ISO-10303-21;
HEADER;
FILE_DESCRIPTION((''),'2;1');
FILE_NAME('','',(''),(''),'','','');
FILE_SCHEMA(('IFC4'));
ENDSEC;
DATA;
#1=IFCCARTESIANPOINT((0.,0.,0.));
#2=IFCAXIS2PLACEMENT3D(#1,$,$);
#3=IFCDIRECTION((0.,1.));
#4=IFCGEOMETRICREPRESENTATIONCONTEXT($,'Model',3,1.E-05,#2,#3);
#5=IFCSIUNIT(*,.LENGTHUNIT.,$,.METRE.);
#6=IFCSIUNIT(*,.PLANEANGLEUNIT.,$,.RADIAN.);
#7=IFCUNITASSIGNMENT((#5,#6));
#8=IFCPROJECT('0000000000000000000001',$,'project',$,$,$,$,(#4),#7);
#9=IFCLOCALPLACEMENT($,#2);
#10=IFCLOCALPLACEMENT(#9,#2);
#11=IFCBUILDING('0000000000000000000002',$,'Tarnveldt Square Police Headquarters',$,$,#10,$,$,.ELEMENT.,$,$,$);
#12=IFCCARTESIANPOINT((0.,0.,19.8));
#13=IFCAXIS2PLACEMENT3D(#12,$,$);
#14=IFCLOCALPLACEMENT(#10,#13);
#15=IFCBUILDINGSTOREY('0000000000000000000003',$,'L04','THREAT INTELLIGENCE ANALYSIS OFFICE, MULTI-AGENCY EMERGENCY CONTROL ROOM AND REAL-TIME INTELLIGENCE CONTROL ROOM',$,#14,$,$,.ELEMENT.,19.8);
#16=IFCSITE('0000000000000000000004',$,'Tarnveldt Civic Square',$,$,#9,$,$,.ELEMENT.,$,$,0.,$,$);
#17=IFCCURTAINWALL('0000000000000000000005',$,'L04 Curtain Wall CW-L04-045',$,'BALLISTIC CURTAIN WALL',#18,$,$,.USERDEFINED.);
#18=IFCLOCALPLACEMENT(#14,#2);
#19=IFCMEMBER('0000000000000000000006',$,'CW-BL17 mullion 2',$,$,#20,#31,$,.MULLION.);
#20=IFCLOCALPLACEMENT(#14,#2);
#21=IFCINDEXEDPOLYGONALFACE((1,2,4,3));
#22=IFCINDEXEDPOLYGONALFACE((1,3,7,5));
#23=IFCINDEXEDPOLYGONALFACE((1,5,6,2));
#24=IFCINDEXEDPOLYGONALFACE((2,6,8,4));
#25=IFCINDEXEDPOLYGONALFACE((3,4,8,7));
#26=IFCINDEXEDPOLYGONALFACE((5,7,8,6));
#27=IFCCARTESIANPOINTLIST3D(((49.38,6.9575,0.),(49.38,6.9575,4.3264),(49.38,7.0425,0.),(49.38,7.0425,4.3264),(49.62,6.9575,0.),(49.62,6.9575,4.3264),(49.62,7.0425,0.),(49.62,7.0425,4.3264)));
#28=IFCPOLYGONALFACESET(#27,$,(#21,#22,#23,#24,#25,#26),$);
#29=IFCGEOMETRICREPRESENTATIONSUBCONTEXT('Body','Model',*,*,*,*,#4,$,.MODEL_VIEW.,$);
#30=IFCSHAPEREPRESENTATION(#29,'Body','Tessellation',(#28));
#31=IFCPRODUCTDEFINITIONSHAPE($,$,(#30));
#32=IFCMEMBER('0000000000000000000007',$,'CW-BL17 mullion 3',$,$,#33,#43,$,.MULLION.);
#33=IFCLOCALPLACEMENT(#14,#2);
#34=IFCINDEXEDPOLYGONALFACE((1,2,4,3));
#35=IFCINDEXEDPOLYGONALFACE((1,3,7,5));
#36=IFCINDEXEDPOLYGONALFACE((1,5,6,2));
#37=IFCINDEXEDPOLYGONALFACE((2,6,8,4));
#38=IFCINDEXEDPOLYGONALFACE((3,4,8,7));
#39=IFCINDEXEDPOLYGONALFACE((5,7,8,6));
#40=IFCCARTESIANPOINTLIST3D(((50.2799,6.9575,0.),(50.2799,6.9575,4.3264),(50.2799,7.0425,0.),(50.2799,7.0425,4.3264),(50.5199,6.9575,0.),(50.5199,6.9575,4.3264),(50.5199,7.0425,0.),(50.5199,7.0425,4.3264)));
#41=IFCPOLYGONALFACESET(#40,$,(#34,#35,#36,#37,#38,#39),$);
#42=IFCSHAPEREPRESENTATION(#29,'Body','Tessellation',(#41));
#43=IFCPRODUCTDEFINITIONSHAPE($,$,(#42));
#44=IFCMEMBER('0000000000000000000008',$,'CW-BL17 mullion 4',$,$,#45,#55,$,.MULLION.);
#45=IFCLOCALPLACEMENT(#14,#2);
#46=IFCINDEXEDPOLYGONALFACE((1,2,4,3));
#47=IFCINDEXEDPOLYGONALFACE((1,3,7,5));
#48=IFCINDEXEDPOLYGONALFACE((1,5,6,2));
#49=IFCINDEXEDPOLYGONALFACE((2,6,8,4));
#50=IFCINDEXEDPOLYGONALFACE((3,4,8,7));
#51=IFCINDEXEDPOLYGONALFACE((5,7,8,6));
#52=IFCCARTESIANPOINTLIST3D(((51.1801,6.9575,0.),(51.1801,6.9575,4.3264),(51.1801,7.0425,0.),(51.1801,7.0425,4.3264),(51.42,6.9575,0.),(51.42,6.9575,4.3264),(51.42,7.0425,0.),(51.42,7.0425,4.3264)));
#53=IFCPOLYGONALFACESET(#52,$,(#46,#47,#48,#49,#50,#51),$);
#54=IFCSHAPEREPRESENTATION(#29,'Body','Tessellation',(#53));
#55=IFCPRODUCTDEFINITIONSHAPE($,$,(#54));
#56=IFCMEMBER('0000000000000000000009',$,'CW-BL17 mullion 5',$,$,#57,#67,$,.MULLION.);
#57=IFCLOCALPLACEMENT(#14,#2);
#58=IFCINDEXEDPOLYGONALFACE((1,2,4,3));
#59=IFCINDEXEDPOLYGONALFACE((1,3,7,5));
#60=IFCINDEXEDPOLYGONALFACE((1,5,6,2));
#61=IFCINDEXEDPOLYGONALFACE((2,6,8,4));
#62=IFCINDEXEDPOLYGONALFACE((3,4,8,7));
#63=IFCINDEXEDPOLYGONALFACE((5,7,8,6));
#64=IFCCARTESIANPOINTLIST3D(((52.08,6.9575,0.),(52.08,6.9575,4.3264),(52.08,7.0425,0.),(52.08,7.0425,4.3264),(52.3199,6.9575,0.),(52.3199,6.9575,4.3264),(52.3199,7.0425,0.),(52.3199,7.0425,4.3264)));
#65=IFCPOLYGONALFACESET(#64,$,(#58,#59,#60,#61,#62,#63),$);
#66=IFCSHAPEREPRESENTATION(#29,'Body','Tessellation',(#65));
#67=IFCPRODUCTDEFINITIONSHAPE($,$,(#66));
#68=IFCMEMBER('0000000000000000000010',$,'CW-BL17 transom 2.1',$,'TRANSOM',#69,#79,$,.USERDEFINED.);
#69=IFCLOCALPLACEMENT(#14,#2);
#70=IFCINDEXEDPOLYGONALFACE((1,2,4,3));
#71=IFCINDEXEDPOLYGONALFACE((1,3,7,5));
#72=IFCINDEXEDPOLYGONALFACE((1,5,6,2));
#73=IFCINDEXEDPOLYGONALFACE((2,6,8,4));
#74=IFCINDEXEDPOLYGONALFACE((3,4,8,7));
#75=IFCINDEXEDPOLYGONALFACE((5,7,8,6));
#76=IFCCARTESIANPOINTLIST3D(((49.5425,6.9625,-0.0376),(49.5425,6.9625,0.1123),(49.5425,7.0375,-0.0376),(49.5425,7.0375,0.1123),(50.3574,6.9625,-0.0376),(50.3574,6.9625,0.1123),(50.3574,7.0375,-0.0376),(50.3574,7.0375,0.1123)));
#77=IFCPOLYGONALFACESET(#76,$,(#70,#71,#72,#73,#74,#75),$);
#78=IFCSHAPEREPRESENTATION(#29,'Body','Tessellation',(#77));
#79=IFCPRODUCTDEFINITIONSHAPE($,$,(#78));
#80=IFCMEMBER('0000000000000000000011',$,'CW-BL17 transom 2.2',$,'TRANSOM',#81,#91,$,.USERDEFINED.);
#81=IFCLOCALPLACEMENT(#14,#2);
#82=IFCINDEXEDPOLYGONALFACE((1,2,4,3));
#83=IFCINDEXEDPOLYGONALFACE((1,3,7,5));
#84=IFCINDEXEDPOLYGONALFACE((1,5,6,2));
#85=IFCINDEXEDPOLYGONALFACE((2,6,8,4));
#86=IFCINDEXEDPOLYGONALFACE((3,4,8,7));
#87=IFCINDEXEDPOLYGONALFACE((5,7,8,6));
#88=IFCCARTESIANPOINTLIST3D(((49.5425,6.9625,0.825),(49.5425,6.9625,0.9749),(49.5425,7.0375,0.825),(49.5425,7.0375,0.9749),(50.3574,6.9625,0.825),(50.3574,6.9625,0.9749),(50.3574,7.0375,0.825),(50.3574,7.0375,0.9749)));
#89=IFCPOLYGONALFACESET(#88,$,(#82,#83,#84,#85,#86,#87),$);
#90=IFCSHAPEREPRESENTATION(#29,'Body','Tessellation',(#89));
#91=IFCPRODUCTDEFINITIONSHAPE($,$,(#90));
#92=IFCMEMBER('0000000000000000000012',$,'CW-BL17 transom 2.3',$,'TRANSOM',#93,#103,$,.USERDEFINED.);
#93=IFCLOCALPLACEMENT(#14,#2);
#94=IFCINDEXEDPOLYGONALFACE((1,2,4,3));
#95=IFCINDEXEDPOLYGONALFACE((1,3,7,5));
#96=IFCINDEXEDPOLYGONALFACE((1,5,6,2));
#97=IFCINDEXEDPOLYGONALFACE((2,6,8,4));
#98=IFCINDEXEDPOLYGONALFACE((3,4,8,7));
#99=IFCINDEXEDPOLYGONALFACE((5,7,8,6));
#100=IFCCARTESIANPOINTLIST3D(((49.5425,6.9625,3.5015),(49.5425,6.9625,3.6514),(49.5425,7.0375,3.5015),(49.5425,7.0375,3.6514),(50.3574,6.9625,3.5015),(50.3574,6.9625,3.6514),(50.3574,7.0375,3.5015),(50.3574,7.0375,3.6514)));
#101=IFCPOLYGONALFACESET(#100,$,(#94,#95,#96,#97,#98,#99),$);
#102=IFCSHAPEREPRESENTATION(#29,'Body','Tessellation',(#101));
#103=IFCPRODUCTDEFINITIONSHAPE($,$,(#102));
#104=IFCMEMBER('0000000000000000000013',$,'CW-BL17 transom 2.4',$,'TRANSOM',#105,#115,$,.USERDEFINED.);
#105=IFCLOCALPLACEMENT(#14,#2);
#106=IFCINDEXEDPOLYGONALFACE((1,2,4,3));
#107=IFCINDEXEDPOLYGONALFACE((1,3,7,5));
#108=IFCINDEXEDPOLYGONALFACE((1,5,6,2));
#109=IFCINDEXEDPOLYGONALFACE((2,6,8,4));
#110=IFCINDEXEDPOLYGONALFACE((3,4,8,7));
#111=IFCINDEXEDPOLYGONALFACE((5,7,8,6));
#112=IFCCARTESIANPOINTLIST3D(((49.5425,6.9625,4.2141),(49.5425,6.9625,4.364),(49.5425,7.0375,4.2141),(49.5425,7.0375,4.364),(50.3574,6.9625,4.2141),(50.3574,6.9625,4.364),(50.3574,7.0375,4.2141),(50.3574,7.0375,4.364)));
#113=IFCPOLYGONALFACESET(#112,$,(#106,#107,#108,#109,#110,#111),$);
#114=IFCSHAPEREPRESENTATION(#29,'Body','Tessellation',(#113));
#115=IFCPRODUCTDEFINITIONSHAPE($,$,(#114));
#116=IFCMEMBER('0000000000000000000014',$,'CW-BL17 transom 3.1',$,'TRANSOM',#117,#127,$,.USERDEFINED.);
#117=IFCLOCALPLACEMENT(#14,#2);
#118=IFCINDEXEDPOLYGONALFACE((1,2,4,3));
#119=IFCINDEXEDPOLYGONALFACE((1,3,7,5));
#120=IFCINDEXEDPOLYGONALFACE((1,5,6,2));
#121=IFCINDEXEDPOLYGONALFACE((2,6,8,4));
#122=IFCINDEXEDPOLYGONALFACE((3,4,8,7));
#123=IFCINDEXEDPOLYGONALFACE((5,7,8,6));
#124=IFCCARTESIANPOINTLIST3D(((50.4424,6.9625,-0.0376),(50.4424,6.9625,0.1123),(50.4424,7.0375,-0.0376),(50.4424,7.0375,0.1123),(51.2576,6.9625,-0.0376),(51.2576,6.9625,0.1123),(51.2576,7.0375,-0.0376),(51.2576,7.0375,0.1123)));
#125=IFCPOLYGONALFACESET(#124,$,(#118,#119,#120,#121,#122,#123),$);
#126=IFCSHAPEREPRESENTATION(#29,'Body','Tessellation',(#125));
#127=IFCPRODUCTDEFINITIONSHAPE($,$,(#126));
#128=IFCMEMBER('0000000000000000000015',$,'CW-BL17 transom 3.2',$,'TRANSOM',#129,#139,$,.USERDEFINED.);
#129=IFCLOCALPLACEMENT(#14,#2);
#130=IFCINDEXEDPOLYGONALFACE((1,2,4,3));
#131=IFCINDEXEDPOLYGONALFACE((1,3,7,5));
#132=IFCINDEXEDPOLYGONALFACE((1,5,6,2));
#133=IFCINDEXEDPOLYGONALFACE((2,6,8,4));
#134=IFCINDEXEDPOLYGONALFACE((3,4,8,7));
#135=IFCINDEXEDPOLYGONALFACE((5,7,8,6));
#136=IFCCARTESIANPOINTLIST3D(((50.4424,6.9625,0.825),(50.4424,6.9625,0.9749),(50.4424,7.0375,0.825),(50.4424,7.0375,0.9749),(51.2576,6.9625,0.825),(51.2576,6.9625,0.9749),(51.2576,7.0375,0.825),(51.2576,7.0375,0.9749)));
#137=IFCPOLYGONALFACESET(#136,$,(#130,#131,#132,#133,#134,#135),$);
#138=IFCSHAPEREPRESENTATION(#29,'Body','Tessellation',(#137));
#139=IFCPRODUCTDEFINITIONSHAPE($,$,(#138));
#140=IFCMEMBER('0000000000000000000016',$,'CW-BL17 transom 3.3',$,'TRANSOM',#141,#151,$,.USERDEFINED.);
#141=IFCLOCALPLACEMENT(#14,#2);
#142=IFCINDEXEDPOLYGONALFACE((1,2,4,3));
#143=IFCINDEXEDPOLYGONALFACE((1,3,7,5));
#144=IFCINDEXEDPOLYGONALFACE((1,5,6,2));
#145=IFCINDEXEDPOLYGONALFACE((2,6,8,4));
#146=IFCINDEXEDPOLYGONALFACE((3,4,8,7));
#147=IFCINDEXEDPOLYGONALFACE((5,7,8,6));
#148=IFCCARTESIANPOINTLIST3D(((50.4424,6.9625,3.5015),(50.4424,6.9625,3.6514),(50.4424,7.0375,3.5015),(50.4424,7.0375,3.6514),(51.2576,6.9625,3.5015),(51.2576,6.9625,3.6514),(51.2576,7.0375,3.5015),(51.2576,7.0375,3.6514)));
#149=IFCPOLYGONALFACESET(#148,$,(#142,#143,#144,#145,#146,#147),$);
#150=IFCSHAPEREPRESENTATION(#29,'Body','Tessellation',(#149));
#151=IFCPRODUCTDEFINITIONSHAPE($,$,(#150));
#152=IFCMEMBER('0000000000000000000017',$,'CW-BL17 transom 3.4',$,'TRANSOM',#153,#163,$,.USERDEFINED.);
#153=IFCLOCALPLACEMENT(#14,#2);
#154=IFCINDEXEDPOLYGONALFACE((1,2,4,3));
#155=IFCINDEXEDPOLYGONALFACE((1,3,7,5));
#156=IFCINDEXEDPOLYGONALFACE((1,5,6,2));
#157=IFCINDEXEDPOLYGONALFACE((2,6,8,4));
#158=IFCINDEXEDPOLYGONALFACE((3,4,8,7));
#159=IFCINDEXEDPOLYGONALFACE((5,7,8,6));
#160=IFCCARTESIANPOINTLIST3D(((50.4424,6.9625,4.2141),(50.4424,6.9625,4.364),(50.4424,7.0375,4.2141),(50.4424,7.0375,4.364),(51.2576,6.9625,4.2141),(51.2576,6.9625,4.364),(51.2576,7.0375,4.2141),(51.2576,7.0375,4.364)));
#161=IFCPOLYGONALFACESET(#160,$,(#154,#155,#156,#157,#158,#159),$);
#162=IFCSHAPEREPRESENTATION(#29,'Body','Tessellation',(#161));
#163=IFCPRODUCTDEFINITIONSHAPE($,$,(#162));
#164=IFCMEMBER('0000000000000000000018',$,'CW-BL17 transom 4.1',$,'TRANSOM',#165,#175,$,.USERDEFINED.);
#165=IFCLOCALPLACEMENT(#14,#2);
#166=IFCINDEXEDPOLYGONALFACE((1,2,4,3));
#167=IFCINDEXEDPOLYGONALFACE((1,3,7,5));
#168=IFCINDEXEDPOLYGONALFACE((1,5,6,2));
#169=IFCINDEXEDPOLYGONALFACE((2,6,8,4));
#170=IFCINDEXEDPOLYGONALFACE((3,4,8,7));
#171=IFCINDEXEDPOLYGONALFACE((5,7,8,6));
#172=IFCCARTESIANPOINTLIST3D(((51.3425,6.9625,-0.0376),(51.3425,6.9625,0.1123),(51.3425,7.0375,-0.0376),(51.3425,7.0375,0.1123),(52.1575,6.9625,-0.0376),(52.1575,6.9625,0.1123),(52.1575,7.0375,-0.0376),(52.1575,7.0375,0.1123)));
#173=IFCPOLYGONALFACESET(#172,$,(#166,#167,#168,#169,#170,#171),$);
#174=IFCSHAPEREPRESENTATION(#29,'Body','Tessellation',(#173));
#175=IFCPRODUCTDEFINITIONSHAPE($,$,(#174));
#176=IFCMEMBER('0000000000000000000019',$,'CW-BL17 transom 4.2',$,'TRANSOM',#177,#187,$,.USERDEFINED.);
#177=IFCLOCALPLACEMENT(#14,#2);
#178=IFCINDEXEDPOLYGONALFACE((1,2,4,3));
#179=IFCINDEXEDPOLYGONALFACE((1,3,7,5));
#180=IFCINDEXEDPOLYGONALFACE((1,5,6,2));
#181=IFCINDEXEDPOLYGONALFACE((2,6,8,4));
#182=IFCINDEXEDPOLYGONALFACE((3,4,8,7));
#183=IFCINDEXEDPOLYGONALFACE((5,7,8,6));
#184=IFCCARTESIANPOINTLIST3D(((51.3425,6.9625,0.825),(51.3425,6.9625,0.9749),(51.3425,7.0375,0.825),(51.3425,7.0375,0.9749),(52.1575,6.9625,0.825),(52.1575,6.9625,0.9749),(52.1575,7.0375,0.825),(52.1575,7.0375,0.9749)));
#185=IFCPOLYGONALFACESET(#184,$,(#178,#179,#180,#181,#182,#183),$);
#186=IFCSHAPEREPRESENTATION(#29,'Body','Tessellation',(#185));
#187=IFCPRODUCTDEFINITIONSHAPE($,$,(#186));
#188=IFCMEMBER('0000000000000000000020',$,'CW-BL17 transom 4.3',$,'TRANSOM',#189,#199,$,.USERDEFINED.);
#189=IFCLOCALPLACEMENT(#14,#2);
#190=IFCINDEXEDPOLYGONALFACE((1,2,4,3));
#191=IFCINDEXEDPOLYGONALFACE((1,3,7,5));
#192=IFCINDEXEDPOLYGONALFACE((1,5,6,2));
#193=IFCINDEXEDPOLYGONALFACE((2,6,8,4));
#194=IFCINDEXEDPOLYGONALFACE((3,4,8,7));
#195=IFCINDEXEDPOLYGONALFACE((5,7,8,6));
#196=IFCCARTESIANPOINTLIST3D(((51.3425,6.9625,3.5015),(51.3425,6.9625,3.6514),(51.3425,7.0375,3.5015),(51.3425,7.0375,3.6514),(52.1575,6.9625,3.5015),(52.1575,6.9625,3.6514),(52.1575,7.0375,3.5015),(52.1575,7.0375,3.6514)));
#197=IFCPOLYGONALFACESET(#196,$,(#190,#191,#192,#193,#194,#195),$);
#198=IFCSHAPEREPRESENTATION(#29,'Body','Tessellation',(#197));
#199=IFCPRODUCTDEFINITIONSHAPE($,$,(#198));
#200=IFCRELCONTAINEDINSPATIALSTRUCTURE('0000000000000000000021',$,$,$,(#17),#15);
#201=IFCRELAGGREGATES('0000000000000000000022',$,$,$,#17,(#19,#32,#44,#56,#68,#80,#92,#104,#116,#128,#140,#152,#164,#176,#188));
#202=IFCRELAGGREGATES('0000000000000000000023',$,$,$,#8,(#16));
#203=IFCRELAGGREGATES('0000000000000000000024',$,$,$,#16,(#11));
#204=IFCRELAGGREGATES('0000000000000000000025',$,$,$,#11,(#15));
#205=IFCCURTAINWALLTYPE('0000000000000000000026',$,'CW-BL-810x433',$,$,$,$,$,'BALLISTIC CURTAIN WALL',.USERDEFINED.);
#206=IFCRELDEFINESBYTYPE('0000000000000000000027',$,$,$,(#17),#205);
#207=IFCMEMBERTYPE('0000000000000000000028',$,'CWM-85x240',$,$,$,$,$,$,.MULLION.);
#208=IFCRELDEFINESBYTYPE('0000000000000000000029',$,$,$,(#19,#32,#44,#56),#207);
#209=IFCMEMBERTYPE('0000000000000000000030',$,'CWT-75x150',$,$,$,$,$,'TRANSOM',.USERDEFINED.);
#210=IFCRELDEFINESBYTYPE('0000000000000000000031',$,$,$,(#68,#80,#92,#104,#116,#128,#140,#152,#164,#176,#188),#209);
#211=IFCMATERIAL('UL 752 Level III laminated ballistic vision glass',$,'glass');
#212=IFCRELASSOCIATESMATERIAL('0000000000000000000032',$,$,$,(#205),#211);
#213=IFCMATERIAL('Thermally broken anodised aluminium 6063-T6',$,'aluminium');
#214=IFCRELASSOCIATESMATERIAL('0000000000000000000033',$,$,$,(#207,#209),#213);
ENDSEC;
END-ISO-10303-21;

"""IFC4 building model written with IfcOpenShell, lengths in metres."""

from ifc_helpers import new_model, si_unit, direction, frame, origin, origin_2d, place, context, subcontext, project, spatial, rectangle, extrude, material, material_profile, profile_set, type_object, element, aggregate, save


model = new_model("IFC4")

# Units and contexts
model_context = context("Model", 3, precision=1e-05, world=origin(), true_north=direction((0.0, 1.0)))
body_context = subcontext(model_context, "Body", "Model", "MODEL_VIEW")
ifc_project = project(units=[si_unit("LENGTHUNIT", "METRE"), si_unit("PLANEANGLEUNIT", "RADIAN")], contexts=[model_context])

# Site, building, storey
site_placement = place(None, origin())
site = spatial("IfcSite", under=ifc_project, at=site_placement, Name="Tarnveldt Civic Square", CompositionType="ELEMENT", RefElevation=0.0)
building_placement = place(site_placement, origin())
building = spatial("IfcBuilding", under=site, at=building_placement, Name="Tarnveldt Square Police Headquarters", CompositionType="ELEMENT")
storey_placement = place(building_placement, frame((0.0, 0.0, 19.8)))
storey = spatial("IfcBuildingStorey", under=building, at=storey_placement, Name="L04", Description="THREAT INTELLIGENCE ANALYSIS OFFICE, MULTI-AGENCY EMERGENCY CONTROL ROOM AND REAL-TIME INTELLIGENCE CONTROL ROOM", CompositionType="ELEMENT", Elevation=19.8)

# Curtain wall, members
ifc_material_1 = material(Name="UL 752 Level III laminated ballistic vision glass", Category="glass")
curtain_wall_type = type_object("IfcCurtainWallType", Name="CW-BL-810x433", ElementType="BALLISTIC CURTAIN WALL", PredefinedType="USERDEFINED", material=ifc_material_1)
curtain_wall_placement = place(storey_placement, origin())
curtain_wall = element("IfcCurtainWall", 1, at=curtain_wall_placement, inside=storey, type_object=curtain_wall_type, Name="L04 Curtain Wall CW-L04-045", ObjectType="BALLISTIC CURTAIN WALL", PredefinedType="USERDEFINED")
ifc_material_2 = material(Name="Thermally broken anodised aluminium 6063-T6", Category="aluminium")
ifc_material_profile_1 = material_profile(ifc_material_2, rectangle(XDim=0.085, YDim=0.24, at=origin_2d()), Name="CW-M85x240")
ifc_profile_set_1 = profile_set([ifc_material_profile_1], Name="Thermally broken anodised aluminium 6063-T6")
member_type_1 = type_object("IfcMemberType", Name="CWM-85x240", PredefinedType="MULLION", material=ifc_profile_set_1)
member_1_placement = place(storey_placement, frame((49.5, 7.0, 0.0), z_axis=(0.0, 0.0, 1.0), x_axis=(0.0, 1.0, 0.0)))
member_1 = element("IfcMember", 2, at=member_1_placement, type_object=member_type_1, Name="CW-BL17 mullion 2", PredefinedType="MULLION", context=body_context, shape_type="SweptSolid", body=[
    extrude(rectangle(XDim=0.085, YDim=0.24, at=origin_2d()), origin(), (0.0, 0.0, 1.0), 4.3264),
])
member_2_placement = place(storey_placement, frame((50.3999, 7.0, 0.0), z_axis=(0.0, 0.0, 1.0), x_axis=(0.0, 1.0, 0.0)))
member_2 = element("IfcMember", 3, at=member_2_placement, type_object=member_type_1, Name="CW-BL17 mullion 3", PredefinedType="MULLION", context=body_context, shape_type="SweptSolid", body=[
    extrude(rectangle(XDim=0.085, YDim=0.24, at=origin_2d()), origin(), (0.0, 0.0, 1.0), 4.3264),
])
member_3_placement = place(storey_placement, frame((51.3, 7.0, 0.0), z_axis=(0.0, 0.0, 1.0), x_axis=(0.0, 1.0, 0.0)))
member_3 = element("IfcMember", 4, at=member_3_placement, type_object=member_type_1, Name="CW-BL17 mullion 4", PredefinedType="MULLION", context=body_context, shape_type="SweptSolid", body=[
    extrude(rectangle(XDim=0.085, YDim=0.24, at=origin_2d()), origin(), (0.0, 0.0, 1.0), 4.3264),
])
member_4_placement = place(storey_placement, frame((52.2, 7.0, 0.0), z_axis=(0.0, 0.0, 1.0), x_axis=(0.0, 1.0, 0.0)))
member_4 = element("IfcMember", 5, at=member_4_placement, type_object=member_type_1, Name="CW-BL17 mullion 5", PredefinedType="MULLION", context=body_context, shape_type="SweptSolid", body=[
    extrude(rectangle(XDim=0.085, YDim=0.24, at=origin_2d()), origin(), (0.0, 0.0, 1.0), 4.3264),
])
ifc_material_profile_2 = material_profile(ifc_material_2, rectangle(XDim=0.075, YDim=0.1499, at=origin_2d()), Name="CW-T75x150")
ifc_profile_set_2 = profile_set([ifc_material_profile_2], Name="Thermally broken anodised aluminium 6063-T6")
member_type_2 = type_object("IfcMemberType", Name="CWT-75x150", ElementType="TRANSOM", PredefinedType="USERDEFINED", material=ifc_profile_set_2)
member_5_placement = place(storey_placement, frame((49.5425, 7.0, 0.0374), z_axis=(1.0, 0.0, 0.0), x_axis=(0.0, 1.0, 0.0)))
member_5 = element("IfcMember", 6, at=member_5_placement, type_object=member_type_2, Name="CW-BL17 transom 2.1", ObjectType="TRANSOM", PredefinedType="USERDEFINED", context=body_context, shape_type="SweptSolid", body=[
    extrude(rectangle(XDim=0.075, YDim=0.1499, at=origin_2d()), origin(), (0.0, 0.0, 1.0), 0.8149),
])
member_6_placement = place(storey_placement, frame((49.5425, 7.0, 0.8999), z_axis=(1.0, 0.0, 0.0), x_axis=(0.0, 1.0, 0.0)))
member_6 = element("IfcMember", 7, at=member_6_placement, type_object=member_type_2, Name="CW-BL17 transom 2.2", ObjectType="TRANSOM", PredefinedType="USERDEFINED", context=body_context, shape_type="SweptSolid", body=[
    extrude(rectangle(XDim=0.075, YDim=0.1499, at=origin_2d()), origin(), (0.0, 0.0, 1.0), 0.8149),
])
member_7_placement = place(storey_placement, frame((49.5425, 7.0, 3.5764), z_axis=(1.0, 0.0, 0.0), x_axis=(0.0, 1.0, 0.0)))
member_7 = element("IfcMember", 8, at=member_7_placement, type_object=member_type_2, Name="CW-BL17 transom 2.3", ObjectType="TRANSOM", PredefinedType="USERDEFINED", context=body_context, shape_type="SweptSolid", body=[
    extrude(rectangle(XDim=0.075, YDim=0.1499, at=origin_2d()), origin(), (0.0, 0.0, 1.0), 0.8149),
])
member_8_placement = place(storey_placement, frame((49.5425, 7.0, 4.2891), z_axis=(1.0, 0.0, 0.0), x_axis=(0.0, 1.0, 0.0)))
member_8 = element("IfcMember", 9, at=member_8_placement, type_object=member_type_2, Name="CW-BL17 transom 2.4", ObjectType="TRANSOM", PredefinedType="USERDEFINED", context=body_context, shape_type="SweptSolid", body=[
    extrude(rectangle(XDim=0.075, YDim=0.1499, at=origin_2d()), origin(), (0.0, 0.0, 1.0), 0.8149),
])
member_9_placement = place(storey_placement, frame((50.4424, 7.0, 0.0374), z_axis=(1.0, 0.0, 0.0), x_axis=(0.0, 1.0, 0.0)))
member_9 = element("IfcMember", 10, at=member_9_placement, type_object=member_type_2, Name="CW-BL17 transom 3.1", ObjectType="TRANSOM", PredefinedType="USERDEFINED", context=body_context, shape_type="SweptSolid", body=[
    extrude(rectangle(XDim=0.075, YDim=0.1499, at=origin_2d()), origin(), (0.0, 0.0, 1.0), 0.8152),
])
member_10_placement = place(storey_placement, frame((50.4424, 7.0, 0.8999), z_axis=(1.0, 0.0, 0.0), x_axis=(0.0, 1.0, 0.0)))
member_10 = element("IfcMember", 11, at=member_10_placement, type_object=member_type_2, Name="CW-BL17 transom 3.2", ObjectType="TRANSOM", PredefinedType="USERDEFINED", context=body_context, shape_type="SweptSolid", body=[
    extrude(rectangle(XDim=0.075, YDim=0.1499, at=origin_2d()), origin(), (0.0, 0.0, 1.0), 0.8152),
])
member_11_placement = place(storey_placement, frame((50.4424, 7.0, 3.5764), z_axis=(1.0, 0.0, 0.0), x_axis=(0.0, 1.0, 0.0)))
member_11 = element("IfcMember", 12, at=member_11_placement, type_object=member_type_2, Name="CW-BL17 transom 3.3", ObjectType="TRANSOM", PredefinedType="USERDEFINED", context=body_context, shape_type="SweptSolid", body=[
    extrude(rectangle(XDim=0.075, YDim=0.1499, at=origin_2d()), origin(), (0.0, 0.0, 1.0), 0.8152),
])
member_12_placement = place(storey_placement, frame((50.4424, 7.0, 4.2891), z_axis=(1.0, 0.0, 0.0), x_axis=(0.0, 1.0, 0.0)))
member_12 = element("IfcMember", 13, at=member_12_placement, type_object=member_type_2, Name="CW-BL17 transom 3.4", ObjectType="TRANSOM", PredefinedType="USERDEFINED", context=body_context, shape_type="SweptSolid", body=[
    extrude(rectangle(XDim=0.075, YDim=0.1499, at=origin_2d()), origin(), (0.0, 0.0, 1.0), 0.8152),
])
member_13_placement = place(storey_placement, frame((51.3425, 7.0, 0.0374), z_axis=(1.0, 0.0, 0.0), x_axis=(0.0, 1.0, 0.0)))
member_13 = element("IfcMember", 14, at=member_13_placement, type_object=member_type_2, Name="CW-BL17 transom 4.1", ObjectType="TRANSOM", PredefinedType="USERDEFINED", context=body_context, shape_type="SweptSolid", body=[
    extrude(rectangle(XDim=0.075, YDim=0.1499, at=origin_2d()), origin(), (0.0, 0.0, 1.0), 0.8149),
])
member_14_placement = place(storey_placement, frame((51.3425, 7.0, 0.8999), z_axis=(1.0, 0.0, 0.0), x_axis=(0.0, 1.0, 0.0)))
member_14 = element("IfcMember", 15, at=member_14_placement, type_object=member_type_2, Name="CW-BL17 transom 4.2", ObjectType="TRANSOM", PredefinedType="USERDEFINED", context=body_context, shape_type="SweptSolid", body=[
    extrude(rectangle(XDim=0.075, YDim=0.1499, at=origin_2d()), origin(), (0.0, 0.0, 1.0), 0.8149),
])
member_15_placement = place(storey_placement, frame((51.3425, 7.0, 3.5764), z_axis=(1.0, 0.0, 0.0), x_axis=(0.0, 1.0, 0.0)))
member_15 = element("IfcMember", 16, at=member_15_placement, type_object=member_type_2, Name="CW-BL17 transom 4.3", ObjectType="TRANSOM", PredefinedType="USERDEFINED", context=body_context, shape_type="SweptSolid", body=[
    extrude(rectangle(XDim=0.075, YDim=0.1499, at=origin_2d()), origin(), (0.0, 0.0, 1.0), 0.8149),
])

aggregate(curtain_wall, [member_1, member_2, member_3, member_4, member_5, member_6, member_7, member_8, member_9, member_10, member_11, member_12, member_13, member_14, member_15])

save(model, "model.ifc")
